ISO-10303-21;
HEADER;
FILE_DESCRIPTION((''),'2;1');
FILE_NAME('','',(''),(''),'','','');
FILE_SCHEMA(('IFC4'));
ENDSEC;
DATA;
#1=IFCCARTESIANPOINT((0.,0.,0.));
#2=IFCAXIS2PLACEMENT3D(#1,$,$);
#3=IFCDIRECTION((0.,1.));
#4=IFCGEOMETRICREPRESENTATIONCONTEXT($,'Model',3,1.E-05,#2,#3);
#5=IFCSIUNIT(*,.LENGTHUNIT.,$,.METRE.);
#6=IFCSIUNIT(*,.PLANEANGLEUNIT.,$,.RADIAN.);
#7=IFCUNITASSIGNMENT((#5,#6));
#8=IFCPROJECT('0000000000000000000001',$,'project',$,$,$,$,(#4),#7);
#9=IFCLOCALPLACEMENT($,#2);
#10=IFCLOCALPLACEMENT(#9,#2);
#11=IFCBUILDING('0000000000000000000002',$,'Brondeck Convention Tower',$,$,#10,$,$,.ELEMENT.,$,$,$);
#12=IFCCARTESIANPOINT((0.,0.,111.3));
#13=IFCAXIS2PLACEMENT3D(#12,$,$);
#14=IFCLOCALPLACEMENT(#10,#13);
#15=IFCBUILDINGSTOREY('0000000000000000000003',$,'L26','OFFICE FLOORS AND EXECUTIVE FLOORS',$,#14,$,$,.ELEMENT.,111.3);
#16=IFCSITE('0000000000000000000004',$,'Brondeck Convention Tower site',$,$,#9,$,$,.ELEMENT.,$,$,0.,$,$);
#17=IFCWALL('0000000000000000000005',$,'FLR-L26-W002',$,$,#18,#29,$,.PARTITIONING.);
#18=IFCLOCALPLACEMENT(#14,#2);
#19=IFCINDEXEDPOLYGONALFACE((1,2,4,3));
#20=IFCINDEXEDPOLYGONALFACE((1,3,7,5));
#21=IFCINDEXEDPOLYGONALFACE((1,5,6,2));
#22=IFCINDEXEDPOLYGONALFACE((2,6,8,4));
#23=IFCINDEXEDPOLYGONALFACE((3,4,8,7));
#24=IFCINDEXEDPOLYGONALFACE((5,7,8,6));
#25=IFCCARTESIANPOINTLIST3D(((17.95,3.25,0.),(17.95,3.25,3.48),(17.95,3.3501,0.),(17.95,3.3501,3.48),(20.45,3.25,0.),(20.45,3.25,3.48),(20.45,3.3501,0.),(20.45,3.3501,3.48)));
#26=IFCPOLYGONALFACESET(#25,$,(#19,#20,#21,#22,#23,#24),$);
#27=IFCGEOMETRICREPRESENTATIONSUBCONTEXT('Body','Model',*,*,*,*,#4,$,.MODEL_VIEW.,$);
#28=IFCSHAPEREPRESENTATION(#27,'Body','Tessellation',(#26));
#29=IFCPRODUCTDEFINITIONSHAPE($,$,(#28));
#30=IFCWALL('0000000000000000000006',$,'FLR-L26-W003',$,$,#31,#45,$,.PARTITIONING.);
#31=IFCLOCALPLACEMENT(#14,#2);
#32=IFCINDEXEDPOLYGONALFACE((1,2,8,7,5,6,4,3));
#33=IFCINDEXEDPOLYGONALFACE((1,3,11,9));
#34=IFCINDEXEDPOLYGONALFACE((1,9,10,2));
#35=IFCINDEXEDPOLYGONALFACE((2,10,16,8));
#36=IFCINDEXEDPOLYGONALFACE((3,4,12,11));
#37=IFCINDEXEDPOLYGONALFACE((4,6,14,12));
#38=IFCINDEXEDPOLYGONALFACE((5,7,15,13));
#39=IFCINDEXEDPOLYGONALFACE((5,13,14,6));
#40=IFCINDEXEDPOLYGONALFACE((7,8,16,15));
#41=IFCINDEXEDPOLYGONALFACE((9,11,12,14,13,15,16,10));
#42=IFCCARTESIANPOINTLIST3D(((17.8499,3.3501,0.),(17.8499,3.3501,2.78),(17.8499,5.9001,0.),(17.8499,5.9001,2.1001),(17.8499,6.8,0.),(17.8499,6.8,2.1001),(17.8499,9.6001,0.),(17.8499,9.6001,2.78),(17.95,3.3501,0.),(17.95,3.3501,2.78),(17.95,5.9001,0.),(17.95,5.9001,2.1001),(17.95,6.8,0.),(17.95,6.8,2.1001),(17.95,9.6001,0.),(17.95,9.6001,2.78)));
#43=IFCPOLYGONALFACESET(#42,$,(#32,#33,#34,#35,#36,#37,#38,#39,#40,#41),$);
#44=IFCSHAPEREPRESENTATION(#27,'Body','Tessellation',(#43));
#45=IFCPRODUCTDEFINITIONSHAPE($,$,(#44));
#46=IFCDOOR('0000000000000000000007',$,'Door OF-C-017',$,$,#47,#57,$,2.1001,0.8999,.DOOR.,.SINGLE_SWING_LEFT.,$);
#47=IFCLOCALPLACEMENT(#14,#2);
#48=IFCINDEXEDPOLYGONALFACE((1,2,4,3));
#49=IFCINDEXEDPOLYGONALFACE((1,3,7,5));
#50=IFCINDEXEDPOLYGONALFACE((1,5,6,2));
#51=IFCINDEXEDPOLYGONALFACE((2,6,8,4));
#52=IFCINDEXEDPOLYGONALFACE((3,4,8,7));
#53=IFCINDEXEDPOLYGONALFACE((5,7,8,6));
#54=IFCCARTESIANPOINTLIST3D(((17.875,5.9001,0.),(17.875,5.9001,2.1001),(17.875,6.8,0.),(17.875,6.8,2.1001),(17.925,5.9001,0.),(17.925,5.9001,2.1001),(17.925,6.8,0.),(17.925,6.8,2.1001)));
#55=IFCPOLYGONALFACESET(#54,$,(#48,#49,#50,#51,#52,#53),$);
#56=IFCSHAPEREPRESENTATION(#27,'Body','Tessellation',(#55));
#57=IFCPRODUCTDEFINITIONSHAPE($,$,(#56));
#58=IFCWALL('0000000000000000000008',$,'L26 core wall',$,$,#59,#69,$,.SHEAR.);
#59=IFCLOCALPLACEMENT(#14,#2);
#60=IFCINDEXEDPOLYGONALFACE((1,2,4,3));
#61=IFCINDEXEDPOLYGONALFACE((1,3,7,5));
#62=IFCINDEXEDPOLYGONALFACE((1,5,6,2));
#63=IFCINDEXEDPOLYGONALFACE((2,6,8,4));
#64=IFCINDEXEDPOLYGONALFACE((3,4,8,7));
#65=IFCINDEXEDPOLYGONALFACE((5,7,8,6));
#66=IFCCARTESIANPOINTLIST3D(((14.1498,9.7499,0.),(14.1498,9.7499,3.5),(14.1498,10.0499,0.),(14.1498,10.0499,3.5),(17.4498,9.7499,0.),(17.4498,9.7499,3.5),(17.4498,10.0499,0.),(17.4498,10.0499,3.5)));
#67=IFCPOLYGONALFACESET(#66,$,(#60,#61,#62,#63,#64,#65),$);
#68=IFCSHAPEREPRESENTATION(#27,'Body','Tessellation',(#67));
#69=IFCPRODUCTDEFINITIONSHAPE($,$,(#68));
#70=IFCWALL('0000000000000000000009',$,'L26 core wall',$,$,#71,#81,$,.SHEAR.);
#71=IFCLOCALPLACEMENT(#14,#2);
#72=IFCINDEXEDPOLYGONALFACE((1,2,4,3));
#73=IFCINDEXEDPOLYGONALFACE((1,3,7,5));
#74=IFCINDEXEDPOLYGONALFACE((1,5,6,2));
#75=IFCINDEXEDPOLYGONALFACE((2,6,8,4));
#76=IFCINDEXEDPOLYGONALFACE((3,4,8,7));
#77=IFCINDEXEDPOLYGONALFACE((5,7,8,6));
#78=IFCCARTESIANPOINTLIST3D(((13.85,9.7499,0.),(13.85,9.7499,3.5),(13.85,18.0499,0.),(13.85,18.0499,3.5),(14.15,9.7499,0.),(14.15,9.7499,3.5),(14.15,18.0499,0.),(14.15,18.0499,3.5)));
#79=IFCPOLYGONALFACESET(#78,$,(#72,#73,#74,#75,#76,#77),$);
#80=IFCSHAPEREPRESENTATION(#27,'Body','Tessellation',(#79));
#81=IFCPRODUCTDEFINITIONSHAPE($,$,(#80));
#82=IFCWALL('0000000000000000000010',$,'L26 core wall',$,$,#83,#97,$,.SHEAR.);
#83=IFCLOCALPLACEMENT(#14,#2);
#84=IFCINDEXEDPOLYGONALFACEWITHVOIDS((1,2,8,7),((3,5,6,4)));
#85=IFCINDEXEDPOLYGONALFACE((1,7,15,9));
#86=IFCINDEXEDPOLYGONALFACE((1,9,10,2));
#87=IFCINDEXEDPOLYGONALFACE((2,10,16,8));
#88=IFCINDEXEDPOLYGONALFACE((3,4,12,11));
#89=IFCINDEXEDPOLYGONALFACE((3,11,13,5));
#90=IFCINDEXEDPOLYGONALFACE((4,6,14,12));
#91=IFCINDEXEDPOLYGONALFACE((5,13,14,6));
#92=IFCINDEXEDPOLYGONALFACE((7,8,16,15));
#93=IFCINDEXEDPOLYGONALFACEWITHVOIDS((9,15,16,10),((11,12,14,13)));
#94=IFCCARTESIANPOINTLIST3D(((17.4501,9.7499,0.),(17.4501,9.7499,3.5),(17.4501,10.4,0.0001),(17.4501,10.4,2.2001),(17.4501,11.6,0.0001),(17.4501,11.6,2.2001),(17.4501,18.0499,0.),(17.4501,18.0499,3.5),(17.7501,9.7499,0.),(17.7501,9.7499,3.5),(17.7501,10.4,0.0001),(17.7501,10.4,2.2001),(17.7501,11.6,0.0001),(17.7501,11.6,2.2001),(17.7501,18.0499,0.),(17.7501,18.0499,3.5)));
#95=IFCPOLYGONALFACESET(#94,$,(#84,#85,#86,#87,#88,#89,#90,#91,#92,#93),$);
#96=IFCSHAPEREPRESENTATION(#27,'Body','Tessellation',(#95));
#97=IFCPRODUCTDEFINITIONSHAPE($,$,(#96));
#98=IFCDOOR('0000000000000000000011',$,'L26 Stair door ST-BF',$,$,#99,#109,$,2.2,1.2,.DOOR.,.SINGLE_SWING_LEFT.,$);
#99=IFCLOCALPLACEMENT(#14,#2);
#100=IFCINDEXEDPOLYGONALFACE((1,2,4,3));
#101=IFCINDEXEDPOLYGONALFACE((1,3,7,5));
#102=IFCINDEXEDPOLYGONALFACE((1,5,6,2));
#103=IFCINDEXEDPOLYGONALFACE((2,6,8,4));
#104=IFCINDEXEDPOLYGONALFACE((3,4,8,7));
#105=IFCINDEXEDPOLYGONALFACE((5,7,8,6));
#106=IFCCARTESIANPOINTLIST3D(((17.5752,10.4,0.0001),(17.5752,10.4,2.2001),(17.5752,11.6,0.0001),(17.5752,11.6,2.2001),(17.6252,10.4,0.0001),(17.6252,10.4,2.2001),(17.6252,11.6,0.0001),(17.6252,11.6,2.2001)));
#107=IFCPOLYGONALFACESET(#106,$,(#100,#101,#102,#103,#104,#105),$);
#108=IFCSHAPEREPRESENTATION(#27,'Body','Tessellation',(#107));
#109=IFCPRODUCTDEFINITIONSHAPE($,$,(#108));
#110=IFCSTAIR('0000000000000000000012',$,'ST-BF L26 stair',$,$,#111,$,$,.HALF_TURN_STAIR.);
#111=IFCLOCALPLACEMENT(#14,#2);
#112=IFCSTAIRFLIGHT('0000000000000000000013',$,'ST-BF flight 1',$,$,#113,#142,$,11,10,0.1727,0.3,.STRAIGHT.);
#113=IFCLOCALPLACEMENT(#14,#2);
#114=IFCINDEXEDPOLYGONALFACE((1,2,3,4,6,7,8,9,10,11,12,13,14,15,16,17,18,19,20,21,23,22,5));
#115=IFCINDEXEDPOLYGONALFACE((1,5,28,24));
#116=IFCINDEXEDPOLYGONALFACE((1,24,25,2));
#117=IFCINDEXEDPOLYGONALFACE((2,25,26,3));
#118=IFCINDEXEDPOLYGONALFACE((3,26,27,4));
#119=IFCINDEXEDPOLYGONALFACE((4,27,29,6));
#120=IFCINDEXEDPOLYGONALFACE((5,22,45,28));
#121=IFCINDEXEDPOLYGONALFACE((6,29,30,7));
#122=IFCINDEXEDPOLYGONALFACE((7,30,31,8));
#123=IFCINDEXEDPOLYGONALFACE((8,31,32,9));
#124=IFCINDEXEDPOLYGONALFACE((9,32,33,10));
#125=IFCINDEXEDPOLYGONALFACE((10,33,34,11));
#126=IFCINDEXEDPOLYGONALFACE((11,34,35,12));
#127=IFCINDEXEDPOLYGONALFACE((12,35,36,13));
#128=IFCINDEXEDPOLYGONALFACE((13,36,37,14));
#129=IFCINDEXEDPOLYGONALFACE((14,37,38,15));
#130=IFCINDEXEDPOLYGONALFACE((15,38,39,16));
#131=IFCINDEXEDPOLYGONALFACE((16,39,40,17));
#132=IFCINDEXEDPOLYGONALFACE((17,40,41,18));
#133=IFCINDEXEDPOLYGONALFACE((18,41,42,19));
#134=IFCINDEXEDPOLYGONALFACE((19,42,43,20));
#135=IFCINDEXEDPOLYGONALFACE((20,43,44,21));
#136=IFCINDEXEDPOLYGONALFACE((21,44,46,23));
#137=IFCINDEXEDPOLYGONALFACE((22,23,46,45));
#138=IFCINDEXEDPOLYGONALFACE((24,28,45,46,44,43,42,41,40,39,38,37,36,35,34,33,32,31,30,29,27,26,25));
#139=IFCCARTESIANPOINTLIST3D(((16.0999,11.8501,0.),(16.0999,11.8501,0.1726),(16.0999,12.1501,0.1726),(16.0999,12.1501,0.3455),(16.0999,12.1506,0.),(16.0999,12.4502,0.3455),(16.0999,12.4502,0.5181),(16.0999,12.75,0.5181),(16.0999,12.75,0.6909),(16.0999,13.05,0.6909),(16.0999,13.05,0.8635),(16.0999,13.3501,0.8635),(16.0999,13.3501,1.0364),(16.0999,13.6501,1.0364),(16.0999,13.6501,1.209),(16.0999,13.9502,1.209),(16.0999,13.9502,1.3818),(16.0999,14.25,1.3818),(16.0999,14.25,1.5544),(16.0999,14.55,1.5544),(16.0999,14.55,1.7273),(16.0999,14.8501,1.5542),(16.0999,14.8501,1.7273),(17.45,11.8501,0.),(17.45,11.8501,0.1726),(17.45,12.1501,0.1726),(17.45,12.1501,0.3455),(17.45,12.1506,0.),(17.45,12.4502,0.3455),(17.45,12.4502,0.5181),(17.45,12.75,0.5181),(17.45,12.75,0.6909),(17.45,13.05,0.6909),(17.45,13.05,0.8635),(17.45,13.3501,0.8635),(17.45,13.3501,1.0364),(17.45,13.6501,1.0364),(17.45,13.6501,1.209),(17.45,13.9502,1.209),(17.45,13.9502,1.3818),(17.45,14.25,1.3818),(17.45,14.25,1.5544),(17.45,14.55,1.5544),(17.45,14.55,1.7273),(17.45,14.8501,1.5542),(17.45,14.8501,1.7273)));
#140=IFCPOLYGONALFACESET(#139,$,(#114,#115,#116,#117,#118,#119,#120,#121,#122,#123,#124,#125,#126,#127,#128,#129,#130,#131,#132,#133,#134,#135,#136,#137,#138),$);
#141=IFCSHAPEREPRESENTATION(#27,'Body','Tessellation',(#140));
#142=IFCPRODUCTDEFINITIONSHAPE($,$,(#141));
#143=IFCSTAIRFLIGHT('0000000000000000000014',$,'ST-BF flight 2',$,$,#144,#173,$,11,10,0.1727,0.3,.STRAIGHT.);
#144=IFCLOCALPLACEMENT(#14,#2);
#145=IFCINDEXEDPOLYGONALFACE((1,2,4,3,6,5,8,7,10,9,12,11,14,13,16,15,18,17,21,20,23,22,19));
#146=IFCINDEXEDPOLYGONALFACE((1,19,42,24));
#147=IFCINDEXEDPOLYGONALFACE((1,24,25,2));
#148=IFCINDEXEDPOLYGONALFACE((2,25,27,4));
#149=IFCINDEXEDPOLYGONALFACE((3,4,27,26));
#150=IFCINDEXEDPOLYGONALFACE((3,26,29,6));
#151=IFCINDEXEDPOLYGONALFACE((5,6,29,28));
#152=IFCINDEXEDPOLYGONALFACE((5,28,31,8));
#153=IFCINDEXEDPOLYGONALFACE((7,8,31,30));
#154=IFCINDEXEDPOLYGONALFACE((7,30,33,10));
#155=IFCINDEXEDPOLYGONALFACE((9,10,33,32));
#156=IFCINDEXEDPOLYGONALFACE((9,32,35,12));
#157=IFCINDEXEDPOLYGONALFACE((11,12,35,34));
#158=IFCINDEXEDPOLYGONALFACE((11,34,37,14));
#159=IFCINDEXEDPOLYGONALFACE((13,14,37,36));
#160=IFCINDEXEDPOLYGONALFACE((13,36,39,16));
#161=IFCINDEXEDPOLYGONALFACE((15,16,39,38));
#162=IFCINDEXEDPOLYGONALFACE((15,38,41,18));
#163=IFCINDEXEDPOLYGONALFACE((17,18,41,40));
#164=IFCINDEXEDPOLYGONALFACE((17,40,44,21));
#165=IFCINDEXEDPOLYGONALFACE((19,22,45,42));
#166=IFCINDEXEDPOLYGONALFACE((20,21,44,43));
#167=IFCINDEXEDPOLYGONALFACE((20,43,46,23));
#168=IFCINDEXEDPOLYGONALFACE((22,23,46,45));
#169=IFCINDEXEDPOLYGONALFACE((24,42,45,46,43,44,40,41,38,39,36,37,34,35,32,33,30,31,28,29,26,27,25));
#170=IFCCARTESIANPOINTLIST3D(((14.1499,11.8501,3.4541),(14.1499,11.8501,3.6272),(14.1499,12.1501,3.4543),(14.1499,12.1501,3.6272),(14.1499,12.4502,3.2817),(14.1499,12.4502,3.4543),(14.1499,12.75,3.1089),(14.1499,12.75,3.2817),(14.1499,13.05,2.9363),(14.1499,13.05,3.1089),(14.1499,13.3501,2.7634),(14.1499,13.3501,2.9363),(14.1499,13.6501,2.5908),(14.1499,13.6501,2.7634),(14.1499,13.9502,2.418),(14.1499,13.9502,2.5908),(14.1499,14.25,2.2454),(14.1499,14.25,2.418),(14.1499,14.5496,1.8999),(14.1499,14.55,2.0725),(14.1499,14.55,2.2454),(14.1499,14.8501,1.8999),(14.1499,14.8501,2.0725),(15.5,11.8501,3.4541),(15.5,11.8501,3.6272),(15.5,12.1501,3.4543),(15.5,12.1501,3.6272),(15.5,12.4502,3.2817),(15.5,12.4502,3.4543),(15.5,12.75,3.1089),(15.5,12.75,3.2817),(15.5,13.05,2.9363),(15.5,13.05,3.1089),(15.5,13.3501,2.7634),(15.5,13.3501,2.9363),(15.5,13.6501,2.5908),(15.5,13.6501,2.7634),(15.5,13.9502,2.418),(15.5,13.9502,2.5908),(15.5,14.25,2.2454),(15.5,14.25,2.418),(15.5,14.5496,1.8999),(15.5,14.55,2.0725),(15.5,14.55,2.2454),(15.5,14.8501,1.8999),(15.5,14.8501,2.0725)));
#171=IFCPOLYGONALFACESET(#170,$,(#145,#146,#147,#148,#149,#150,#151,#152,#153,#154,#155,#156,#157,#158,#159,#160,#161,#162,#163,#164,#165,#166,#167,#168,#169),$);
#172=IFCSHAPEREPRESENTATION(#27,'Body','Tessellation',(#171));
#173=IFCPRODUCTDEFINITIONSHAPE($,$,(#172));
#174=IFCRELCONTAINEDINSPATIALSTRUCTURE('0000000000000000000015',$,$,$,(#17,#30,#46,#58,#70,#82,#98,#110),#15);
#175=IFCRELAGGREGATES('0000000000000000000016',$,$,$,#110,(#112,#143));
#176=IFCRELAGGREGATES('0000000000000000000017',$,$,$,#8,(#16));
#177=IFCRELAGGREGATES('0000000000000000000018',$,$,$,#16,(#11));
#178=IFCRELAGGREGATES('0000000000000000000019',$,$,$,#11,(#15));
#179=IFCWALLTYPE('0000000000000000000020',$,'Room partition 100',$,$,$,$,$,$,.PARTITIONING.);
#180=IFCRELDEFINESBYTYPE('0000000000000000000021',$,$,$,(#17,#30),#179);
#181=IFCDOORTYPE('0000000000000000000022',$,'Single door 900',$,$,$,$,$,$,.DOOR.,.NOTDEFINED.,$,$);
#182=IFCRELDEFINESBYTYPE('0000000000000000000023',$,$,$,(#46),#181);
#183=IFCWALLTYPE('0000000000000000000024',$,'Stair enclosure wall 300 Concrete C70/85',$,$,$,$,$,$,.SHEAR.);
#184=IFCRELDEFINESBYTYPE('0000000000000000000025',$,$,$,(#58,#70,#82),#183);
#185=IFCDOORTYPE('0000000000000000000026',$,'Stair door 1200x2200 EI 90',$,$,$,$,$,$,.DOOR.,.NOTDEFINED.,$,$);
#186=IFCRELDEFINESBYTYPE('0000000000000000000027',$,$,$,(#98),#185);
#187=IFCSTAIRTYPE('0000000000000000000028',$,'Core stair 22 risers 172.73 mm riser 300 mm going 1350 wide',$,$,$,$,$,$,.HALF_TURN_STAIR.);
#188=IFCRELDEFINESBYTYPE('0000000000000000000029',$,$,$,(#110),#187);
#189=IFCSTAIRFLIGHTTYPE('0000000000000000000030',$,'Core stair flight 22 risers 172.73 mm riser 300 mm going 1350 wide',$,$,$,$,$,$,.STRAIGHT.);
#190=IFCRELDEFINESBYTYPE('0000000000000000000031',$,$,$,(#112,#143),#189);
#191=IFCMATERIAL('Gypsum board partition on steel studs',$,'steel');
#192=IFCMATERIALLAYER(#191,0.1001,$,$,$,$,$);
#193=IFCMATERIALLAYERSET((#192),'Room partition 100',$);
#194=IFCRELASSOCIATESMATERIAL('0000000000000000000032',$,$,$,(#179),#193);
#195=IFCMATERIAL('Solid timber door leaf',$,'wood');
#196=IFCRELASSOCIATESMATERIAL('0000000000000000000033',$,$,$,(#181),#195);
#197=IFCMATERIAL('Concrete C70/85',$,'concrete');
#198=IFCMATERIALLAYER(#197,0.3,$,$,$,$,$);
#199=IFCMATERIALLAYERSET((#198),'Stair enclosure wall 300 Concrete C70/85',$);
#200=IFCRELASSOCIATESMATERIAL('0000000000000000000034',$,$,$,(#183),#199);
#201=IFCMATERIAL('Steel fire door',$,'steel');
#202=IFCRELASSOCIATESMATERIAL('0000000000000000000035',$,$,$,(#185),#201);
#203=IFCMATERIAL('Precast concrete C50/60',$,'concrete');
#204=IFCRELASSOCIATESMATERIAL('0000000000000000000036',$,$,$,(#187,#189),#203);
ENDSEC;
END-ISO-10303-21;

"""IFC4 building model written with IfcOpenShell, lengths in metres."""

from ifc_helpers import new_model, si_unit, direction, frame, frame_2d, origin, place, context, subcontext, project, spatial, polyline, rectangle, outline, extrude, material, layer, layer_set, type_object, element, fill, aggregate, save


model = new_model("IFC4")

# Units and contexts
model_context = context("Model", 3, precision=1e-05, world=origin(), true_north=direction((0.0, 1.0)))
body_context = subcontext(model_context, "Body", "Model", "MODEL_VIEW")
ifc_project = project(units=[si_unit("LENGTHUNIT", "METRE"), si_unit("PLANEANGLEUNIT", "RADIAN")], contexts=[model_context])

# Site, building, storey
site_placement = place(None, origin())
site = spatial("IfcSite", under=ifc_project, at=site_placement, Name="Brondeck Convention Tower site", CompositionType="ELEMENT", RefElevation=0.0)
building_placement = place(site_placement, origin())
building = spatial("IfcBuilding", under=site, at=building_placement, Name="Brondeck Convention Tower", CompositionType="ELEMENT")
storey_placement = place(building_placement, frame((0.0, 0.0, 111.3)))
storey = spatial("IfcBuildingStorey", under=building, at=storey_placement, Name="L26", Description="OFFICE FLOORS AND EXECUTIVE FLOORS", CompositionType="ELEMENT", Elevation=111.3)

# Shared definitions
ifc_material_1 = material(Name="Concrete C70/85", Category="concrete")

# Wall
ifc_material_2 = material(Name="Gypsum board partition on steel studs", Category="steel")
ifc_layer_1 = layer(ifc_material_2, 0.1001)
ifc_layer_set_1 = layer_set([ifc_layer_1], Name="Room partition 100")
wall_type_1 = type_object("IfcWallType", Name="Room partition 100", PredefinedType="PARTITIONING", material=ifc_layer_set_1)
wall_1_placement = place(storey_placement, frame((20.45, 3.3, 0.0), z_axis=(0.0, 0.0, 1.0), x_axis=(-1.0, 0.0, 0.0)))
element("IfcWall", 1, at=wall_1_placement, inside=storey, type_object=wall_type_1, Name="FLR-L26-W002", PredefinedType="PARTITIONING", context=body_context, shape_type="SweptSolid", body=[
    extrude(rectangle(XDim=2.5, YDim=0.1001, at=frame_2d((1.25, 0.0))), origin(), (0.0, 0.0, 1.0), 3.48),
])

# Wall, opening, door
wall_2_placement = place(storey_placement, frame((17.8999, 3.3501, 0.0), z_axis=(0.0, 0.0, 1.0), x_axis=(0.0, 1.0, 0.0)))
wall_2 = element("IfcWall", 2, at=wall_2_placement, inside=storey, type_object=wall_type_1, Name="FLR-L26-W003", PredefinedType="PARTITIONING", context=body_context, shape_type="SweptSolid", body=[
    extrude(rectangle(XDim=6.25, YDim=0.1001, at=frame_2d((3.125, 0.0))), origin(), (0.0, 0.0, 1.0), 2.78),
])
opening_1_placement = place(wall_2_placement, frame((2.55, 0.0, 0.0)))
opening_1 = element("IfcOpeningElement", 3, at=opening_1_placement, cuts=wall_2, PredefinedType="OPENING", context=body_context, shape_type="SweptSolid", body=[
    extrude(rectangle(XDim=0.8999, YDim=2.1001, at=frame_2d((0.45, 1.05))), frame((0.0, 0.0601, 0.0), z_axis=(0.0, -1.0, 0.0), x_axis=(1.0, 0.0, 0.0)), (0.0, 0.0, 1.0), 0.1201),
])
ifc_material_3 = material(Name="Solid timber door leaf", Category="wood")
door_type_1 = type_object("IfcDoorType", Name="Single door 900", OperationType="NOTDEFINED", PredefinedType="DOOR", material=ifc_material_3)
door_1_placement = place(opening_1_placement, origin())
door_1 = element("IfcDoor", 4, at=door_1_placement, inside=storey, type_object=door_type_1, Name="Door OF-C-017", OperationType="SINGLE_SWING_LEFT", OverallHeight=2.1001, OverallWidth=0.8999, PredefinedType="DOOR", context=body_context, shape_type="SweptSolid", body=[
    extrude(rectangle(XDim=0.8999, YDim=2.1001, at=frame_2d((0.45, 1.05))), frame((0.0, 0.0249, 0.0), z_axis=(0.0, -1.0, 0.0), x_axis=(1.0, 0.0, 0.0)), (0.0, 0.0, 1.0), 0.05),
])
fill(opening_1, door_1)

# Walls
ifc_layer_2 = layer(ifc_material_1, 0.3)
ifc_layer_set_2 = layer_set([ifc_layer_2], Name="Stair enclosure wall 300 Concrete C70/85")
wall_type_2 = type_object("IfcWallType", Name="Stair enclosure wall 300 Concrete C70/85", PredefinedType="SHEAR", material=ifc_layer_set_2)
wall_3_placement = place(storey_placement, frame((14.1499, 9.8999, 0.0), z_axis=(0.0, 0.0, 1.0), x_axis=(1.0, 0.0, 0.0)))
element("IfcWall", 5, at=wall_3_placement, inside=storey, type_object=wall_type_2, Name="L26 core wall", PredefinedType="SHEAR", context=body_context, shape_type="SweptSolid", body=[
    extrude(rectangle(XDim=3.3, YDim=0.3, at=frame_2d((1.6499, 0.0))), origin(), (0.0, 0.0, 1.0), 3.5),
])
wall_4_placement = place(storey_placement, frame((14.0, 9.75, 0.0), z_axis=(0.0, 0.0, 1.0), x_axis=(0.0, 1.0, 0.0)))
element("IfcWall", 6, at=wall_4_placement, inside=storey, type_object=wall_type_2, Name="L26 core wall", PredefinedType="SHEAR", context=body_context, shape_type="SweptSolid", body=[
    extrude(rectangle(XDim=8.3, YDim=0.3, at=frame_2d((4.1499, 0.0))), origin(), (0.0, 0.0, 1.0), 3.5),
])

# Wall, opening, door
wall_5_placement = place(storey_placement, frame((17.6001, 9.75, 0.0), z_axis=(0.0, 0.0, 1.0), x_axis=(0.0, 1.0, 0.0)))
wall_5 = element("IfcWall", 7, at=wall_5_placement, inside=storey, type_object=wall_type_2, Name="L26 core wall", PredefinedType="SHEAR", context=body_context, shape_type="SweptSolid", body=[
    extrude(rectangle(XDim=8.3, YDim=0.3, at=frame_2d((4.1499, 0.0))), origin(), (0.0, 0.0, 1.0), 3.5),
])
opening_2_placement = place(wall_5_placement, frame((0.6499, 0.0, 0.0)))
opening_2 = element("IfcOpeningElement", 8, at=opening_2_placement, cuts=wall_5, PredefinedType="OPENING", context=body_context, shape_type="SweptSolid", body=[
    extrude(rectangle(XDim=1.2, YDim=2.2, at=frame_2d((0.6001, 1.1001))), frame((0.0, 0.1599, 0.0), z_axis=(0.0, -1.0, 0.0), x_axis=(1.0, 0.0, 0.0)), (0.0, 0.0, 1.0), 0.3201),
])
ifc_material_4 = material(Name="Steel fire door", Category="steel")
door_type_2 = type_object("IfcDoorType", Name="Stair door 1200x2200 EI 90", OperationType="NOTDEFINED", PredefinedType="DOOR", material=ifc_material_4)
door_2_placement = place(opening_2_placement, origin())
door_2 = element("IfcDoor", 9, at=door_2_placement, inside=storey, type_object=door_type_2, Name="L26 Stair door ST-BF", OperationType="SINGLE_SWING_LEFT", OverallHeight=2.2, OverallWidth=1.2, PredefinedType="DOOR", context=body_context, shape_type="SweptSolid", body=[
    extrude(rectangle(XDim=1.2, YDim=2.2, at=frame_2d((0.6001, 1.1001))), frame((0.0, 0.0249, 0.0), z_axis=(0.0, -1.0, 0.0), x_axis=(1.0, 0.0, 0.0)), (0.0, 0.0, 1.0), 0.05),
])
fill(opening_2, door_2)

# Stair, stair flights
ifc_material_5 = material(Name="Precast concrete C50/60", Category="concrete")
stair_type = type_object("IfcStairType", Name="Core stair 22 risers 172.73 mm riser 300 mm going 1350 wide", PredefinedType="HALF_TURN_STAIR", material=ifc_material_5)
stair_placement = place(storey_placement, origin())
stair = element("IfcStair", 10, at=stair_placement, inside=storey, type_object=stair_type, Name="ST-BF L26 stair", PredefinedType="HALF_TURN_STAIR")
stair_flight_type = type_object("IfcStairFlightType", Name="Core stair flight 22 risers 172.73 mm riser 300 mm going 1350 wide", PredefinedType="STRAIGHT", material=ifc_material_5)
stair_flight_1_placement = place(storey_placement, frame((16.7749, 11.8501, 0.0), z_axis=(0.0, 0.0, 1.0), x_axis=(0.0, 1.0, 0.0)))
stair_flight_1 = element("IfcStairFlight", 11, at=stair_flight_1_placement, type_object=stair_flight_type, Name="ST-BF flight 1", NumberOfRisers=11, NumberOfTreads=10, PredefinedType="STRAIGHT", RiserHeight=0.1727, TreadLength=0.3, context=body_context, shape_type="SweptSolid", body=[
    extrude(outline(polyline([(0.0, 0.0), (0.0, 0.1726), (0.3, 0.1726), (0.3, 0.3455), (0.6001, 0.3455), (0.6001, 0.5181), (0.8999, 0.5181), (0.8999, 0.6909), (1.2, 0.6909), (1.2, 0.8635), (1.5, 0.8635), (1.5, 1.0364), (1.8, 1.0364), (1.8, 1.209), (2.1001, 1.209), (2.1001, 1.3818), (2.3999, 1.3818), (2.3999, 1.5544), (2.7, 1.5544), (2.7, 1.7273), (3.0, 1.7273), (3.0, 1.8999), (3.0, 1.5542), (0.3005, 0.0), (0.0, 0.0)])), frame((0.0, 0.675, 0.0), z_axis=(0.0, -1.0, 0.0), x_axis=(1.0, 0.0, 0.0)), (0.0, 0.0, 1.0), 1.3501),
])
stair_flight_2_placement = place(storey_placement, frame((14.825, 14.8501, 1.8999), z_axis=(0.0, 0.0, 1.0), x_axis=(0.0, -1.0, 0.0)))
stair_flight_2 = element("IfcStairFlight", 12, at=stair_flight_2_placement, type_object=stair_flight_type, Name="ST-BF flight 2", NumberOfRisers=11, NumberOfTreads=10, PredefinedType="STRAIGHT", RiserHeight=0.1727, TreadLength=0.3, context=body_context, shape_type="SweptSolid", body=[
    extrude(outline(polyline([(0.0, 0.0), (0.0, 0.1726), (0.3, 0.1726), (0.3, 0.3455), (0.6001, 0.3455), (0.6001, 0.5181), (0.8999, 0.5181), (0.8999, 0.6909), (1.2, 0.6909), (1.2, 0.8635), (1.5, 0.8635), (1.5, 1.0364), (1.8, 1.0364), (1.8, 1.209), (2.1001, 1.209), (2.1001, 1.3818), (2.3999, 1.3818), (2.3999, 1.5544), (2.7, 1.5544), (2.7, 1.7273), (3.0, 1.7273), (3.0, 1.8999), (3.0, 1.5542), (0.3005, 0.0), (0.0, 0.0)])), frame((0.0, 0.675, 0.0), z_axis=(0.0, -1.0, 0.0), x_axis=(1.0, 0.0, 0.0)), (0.0, 0.0, 1.0), 1.3501),
])
aggregate(stair, [stair_flight_1, stair_flight_2])

save(model, "model.ifc")
